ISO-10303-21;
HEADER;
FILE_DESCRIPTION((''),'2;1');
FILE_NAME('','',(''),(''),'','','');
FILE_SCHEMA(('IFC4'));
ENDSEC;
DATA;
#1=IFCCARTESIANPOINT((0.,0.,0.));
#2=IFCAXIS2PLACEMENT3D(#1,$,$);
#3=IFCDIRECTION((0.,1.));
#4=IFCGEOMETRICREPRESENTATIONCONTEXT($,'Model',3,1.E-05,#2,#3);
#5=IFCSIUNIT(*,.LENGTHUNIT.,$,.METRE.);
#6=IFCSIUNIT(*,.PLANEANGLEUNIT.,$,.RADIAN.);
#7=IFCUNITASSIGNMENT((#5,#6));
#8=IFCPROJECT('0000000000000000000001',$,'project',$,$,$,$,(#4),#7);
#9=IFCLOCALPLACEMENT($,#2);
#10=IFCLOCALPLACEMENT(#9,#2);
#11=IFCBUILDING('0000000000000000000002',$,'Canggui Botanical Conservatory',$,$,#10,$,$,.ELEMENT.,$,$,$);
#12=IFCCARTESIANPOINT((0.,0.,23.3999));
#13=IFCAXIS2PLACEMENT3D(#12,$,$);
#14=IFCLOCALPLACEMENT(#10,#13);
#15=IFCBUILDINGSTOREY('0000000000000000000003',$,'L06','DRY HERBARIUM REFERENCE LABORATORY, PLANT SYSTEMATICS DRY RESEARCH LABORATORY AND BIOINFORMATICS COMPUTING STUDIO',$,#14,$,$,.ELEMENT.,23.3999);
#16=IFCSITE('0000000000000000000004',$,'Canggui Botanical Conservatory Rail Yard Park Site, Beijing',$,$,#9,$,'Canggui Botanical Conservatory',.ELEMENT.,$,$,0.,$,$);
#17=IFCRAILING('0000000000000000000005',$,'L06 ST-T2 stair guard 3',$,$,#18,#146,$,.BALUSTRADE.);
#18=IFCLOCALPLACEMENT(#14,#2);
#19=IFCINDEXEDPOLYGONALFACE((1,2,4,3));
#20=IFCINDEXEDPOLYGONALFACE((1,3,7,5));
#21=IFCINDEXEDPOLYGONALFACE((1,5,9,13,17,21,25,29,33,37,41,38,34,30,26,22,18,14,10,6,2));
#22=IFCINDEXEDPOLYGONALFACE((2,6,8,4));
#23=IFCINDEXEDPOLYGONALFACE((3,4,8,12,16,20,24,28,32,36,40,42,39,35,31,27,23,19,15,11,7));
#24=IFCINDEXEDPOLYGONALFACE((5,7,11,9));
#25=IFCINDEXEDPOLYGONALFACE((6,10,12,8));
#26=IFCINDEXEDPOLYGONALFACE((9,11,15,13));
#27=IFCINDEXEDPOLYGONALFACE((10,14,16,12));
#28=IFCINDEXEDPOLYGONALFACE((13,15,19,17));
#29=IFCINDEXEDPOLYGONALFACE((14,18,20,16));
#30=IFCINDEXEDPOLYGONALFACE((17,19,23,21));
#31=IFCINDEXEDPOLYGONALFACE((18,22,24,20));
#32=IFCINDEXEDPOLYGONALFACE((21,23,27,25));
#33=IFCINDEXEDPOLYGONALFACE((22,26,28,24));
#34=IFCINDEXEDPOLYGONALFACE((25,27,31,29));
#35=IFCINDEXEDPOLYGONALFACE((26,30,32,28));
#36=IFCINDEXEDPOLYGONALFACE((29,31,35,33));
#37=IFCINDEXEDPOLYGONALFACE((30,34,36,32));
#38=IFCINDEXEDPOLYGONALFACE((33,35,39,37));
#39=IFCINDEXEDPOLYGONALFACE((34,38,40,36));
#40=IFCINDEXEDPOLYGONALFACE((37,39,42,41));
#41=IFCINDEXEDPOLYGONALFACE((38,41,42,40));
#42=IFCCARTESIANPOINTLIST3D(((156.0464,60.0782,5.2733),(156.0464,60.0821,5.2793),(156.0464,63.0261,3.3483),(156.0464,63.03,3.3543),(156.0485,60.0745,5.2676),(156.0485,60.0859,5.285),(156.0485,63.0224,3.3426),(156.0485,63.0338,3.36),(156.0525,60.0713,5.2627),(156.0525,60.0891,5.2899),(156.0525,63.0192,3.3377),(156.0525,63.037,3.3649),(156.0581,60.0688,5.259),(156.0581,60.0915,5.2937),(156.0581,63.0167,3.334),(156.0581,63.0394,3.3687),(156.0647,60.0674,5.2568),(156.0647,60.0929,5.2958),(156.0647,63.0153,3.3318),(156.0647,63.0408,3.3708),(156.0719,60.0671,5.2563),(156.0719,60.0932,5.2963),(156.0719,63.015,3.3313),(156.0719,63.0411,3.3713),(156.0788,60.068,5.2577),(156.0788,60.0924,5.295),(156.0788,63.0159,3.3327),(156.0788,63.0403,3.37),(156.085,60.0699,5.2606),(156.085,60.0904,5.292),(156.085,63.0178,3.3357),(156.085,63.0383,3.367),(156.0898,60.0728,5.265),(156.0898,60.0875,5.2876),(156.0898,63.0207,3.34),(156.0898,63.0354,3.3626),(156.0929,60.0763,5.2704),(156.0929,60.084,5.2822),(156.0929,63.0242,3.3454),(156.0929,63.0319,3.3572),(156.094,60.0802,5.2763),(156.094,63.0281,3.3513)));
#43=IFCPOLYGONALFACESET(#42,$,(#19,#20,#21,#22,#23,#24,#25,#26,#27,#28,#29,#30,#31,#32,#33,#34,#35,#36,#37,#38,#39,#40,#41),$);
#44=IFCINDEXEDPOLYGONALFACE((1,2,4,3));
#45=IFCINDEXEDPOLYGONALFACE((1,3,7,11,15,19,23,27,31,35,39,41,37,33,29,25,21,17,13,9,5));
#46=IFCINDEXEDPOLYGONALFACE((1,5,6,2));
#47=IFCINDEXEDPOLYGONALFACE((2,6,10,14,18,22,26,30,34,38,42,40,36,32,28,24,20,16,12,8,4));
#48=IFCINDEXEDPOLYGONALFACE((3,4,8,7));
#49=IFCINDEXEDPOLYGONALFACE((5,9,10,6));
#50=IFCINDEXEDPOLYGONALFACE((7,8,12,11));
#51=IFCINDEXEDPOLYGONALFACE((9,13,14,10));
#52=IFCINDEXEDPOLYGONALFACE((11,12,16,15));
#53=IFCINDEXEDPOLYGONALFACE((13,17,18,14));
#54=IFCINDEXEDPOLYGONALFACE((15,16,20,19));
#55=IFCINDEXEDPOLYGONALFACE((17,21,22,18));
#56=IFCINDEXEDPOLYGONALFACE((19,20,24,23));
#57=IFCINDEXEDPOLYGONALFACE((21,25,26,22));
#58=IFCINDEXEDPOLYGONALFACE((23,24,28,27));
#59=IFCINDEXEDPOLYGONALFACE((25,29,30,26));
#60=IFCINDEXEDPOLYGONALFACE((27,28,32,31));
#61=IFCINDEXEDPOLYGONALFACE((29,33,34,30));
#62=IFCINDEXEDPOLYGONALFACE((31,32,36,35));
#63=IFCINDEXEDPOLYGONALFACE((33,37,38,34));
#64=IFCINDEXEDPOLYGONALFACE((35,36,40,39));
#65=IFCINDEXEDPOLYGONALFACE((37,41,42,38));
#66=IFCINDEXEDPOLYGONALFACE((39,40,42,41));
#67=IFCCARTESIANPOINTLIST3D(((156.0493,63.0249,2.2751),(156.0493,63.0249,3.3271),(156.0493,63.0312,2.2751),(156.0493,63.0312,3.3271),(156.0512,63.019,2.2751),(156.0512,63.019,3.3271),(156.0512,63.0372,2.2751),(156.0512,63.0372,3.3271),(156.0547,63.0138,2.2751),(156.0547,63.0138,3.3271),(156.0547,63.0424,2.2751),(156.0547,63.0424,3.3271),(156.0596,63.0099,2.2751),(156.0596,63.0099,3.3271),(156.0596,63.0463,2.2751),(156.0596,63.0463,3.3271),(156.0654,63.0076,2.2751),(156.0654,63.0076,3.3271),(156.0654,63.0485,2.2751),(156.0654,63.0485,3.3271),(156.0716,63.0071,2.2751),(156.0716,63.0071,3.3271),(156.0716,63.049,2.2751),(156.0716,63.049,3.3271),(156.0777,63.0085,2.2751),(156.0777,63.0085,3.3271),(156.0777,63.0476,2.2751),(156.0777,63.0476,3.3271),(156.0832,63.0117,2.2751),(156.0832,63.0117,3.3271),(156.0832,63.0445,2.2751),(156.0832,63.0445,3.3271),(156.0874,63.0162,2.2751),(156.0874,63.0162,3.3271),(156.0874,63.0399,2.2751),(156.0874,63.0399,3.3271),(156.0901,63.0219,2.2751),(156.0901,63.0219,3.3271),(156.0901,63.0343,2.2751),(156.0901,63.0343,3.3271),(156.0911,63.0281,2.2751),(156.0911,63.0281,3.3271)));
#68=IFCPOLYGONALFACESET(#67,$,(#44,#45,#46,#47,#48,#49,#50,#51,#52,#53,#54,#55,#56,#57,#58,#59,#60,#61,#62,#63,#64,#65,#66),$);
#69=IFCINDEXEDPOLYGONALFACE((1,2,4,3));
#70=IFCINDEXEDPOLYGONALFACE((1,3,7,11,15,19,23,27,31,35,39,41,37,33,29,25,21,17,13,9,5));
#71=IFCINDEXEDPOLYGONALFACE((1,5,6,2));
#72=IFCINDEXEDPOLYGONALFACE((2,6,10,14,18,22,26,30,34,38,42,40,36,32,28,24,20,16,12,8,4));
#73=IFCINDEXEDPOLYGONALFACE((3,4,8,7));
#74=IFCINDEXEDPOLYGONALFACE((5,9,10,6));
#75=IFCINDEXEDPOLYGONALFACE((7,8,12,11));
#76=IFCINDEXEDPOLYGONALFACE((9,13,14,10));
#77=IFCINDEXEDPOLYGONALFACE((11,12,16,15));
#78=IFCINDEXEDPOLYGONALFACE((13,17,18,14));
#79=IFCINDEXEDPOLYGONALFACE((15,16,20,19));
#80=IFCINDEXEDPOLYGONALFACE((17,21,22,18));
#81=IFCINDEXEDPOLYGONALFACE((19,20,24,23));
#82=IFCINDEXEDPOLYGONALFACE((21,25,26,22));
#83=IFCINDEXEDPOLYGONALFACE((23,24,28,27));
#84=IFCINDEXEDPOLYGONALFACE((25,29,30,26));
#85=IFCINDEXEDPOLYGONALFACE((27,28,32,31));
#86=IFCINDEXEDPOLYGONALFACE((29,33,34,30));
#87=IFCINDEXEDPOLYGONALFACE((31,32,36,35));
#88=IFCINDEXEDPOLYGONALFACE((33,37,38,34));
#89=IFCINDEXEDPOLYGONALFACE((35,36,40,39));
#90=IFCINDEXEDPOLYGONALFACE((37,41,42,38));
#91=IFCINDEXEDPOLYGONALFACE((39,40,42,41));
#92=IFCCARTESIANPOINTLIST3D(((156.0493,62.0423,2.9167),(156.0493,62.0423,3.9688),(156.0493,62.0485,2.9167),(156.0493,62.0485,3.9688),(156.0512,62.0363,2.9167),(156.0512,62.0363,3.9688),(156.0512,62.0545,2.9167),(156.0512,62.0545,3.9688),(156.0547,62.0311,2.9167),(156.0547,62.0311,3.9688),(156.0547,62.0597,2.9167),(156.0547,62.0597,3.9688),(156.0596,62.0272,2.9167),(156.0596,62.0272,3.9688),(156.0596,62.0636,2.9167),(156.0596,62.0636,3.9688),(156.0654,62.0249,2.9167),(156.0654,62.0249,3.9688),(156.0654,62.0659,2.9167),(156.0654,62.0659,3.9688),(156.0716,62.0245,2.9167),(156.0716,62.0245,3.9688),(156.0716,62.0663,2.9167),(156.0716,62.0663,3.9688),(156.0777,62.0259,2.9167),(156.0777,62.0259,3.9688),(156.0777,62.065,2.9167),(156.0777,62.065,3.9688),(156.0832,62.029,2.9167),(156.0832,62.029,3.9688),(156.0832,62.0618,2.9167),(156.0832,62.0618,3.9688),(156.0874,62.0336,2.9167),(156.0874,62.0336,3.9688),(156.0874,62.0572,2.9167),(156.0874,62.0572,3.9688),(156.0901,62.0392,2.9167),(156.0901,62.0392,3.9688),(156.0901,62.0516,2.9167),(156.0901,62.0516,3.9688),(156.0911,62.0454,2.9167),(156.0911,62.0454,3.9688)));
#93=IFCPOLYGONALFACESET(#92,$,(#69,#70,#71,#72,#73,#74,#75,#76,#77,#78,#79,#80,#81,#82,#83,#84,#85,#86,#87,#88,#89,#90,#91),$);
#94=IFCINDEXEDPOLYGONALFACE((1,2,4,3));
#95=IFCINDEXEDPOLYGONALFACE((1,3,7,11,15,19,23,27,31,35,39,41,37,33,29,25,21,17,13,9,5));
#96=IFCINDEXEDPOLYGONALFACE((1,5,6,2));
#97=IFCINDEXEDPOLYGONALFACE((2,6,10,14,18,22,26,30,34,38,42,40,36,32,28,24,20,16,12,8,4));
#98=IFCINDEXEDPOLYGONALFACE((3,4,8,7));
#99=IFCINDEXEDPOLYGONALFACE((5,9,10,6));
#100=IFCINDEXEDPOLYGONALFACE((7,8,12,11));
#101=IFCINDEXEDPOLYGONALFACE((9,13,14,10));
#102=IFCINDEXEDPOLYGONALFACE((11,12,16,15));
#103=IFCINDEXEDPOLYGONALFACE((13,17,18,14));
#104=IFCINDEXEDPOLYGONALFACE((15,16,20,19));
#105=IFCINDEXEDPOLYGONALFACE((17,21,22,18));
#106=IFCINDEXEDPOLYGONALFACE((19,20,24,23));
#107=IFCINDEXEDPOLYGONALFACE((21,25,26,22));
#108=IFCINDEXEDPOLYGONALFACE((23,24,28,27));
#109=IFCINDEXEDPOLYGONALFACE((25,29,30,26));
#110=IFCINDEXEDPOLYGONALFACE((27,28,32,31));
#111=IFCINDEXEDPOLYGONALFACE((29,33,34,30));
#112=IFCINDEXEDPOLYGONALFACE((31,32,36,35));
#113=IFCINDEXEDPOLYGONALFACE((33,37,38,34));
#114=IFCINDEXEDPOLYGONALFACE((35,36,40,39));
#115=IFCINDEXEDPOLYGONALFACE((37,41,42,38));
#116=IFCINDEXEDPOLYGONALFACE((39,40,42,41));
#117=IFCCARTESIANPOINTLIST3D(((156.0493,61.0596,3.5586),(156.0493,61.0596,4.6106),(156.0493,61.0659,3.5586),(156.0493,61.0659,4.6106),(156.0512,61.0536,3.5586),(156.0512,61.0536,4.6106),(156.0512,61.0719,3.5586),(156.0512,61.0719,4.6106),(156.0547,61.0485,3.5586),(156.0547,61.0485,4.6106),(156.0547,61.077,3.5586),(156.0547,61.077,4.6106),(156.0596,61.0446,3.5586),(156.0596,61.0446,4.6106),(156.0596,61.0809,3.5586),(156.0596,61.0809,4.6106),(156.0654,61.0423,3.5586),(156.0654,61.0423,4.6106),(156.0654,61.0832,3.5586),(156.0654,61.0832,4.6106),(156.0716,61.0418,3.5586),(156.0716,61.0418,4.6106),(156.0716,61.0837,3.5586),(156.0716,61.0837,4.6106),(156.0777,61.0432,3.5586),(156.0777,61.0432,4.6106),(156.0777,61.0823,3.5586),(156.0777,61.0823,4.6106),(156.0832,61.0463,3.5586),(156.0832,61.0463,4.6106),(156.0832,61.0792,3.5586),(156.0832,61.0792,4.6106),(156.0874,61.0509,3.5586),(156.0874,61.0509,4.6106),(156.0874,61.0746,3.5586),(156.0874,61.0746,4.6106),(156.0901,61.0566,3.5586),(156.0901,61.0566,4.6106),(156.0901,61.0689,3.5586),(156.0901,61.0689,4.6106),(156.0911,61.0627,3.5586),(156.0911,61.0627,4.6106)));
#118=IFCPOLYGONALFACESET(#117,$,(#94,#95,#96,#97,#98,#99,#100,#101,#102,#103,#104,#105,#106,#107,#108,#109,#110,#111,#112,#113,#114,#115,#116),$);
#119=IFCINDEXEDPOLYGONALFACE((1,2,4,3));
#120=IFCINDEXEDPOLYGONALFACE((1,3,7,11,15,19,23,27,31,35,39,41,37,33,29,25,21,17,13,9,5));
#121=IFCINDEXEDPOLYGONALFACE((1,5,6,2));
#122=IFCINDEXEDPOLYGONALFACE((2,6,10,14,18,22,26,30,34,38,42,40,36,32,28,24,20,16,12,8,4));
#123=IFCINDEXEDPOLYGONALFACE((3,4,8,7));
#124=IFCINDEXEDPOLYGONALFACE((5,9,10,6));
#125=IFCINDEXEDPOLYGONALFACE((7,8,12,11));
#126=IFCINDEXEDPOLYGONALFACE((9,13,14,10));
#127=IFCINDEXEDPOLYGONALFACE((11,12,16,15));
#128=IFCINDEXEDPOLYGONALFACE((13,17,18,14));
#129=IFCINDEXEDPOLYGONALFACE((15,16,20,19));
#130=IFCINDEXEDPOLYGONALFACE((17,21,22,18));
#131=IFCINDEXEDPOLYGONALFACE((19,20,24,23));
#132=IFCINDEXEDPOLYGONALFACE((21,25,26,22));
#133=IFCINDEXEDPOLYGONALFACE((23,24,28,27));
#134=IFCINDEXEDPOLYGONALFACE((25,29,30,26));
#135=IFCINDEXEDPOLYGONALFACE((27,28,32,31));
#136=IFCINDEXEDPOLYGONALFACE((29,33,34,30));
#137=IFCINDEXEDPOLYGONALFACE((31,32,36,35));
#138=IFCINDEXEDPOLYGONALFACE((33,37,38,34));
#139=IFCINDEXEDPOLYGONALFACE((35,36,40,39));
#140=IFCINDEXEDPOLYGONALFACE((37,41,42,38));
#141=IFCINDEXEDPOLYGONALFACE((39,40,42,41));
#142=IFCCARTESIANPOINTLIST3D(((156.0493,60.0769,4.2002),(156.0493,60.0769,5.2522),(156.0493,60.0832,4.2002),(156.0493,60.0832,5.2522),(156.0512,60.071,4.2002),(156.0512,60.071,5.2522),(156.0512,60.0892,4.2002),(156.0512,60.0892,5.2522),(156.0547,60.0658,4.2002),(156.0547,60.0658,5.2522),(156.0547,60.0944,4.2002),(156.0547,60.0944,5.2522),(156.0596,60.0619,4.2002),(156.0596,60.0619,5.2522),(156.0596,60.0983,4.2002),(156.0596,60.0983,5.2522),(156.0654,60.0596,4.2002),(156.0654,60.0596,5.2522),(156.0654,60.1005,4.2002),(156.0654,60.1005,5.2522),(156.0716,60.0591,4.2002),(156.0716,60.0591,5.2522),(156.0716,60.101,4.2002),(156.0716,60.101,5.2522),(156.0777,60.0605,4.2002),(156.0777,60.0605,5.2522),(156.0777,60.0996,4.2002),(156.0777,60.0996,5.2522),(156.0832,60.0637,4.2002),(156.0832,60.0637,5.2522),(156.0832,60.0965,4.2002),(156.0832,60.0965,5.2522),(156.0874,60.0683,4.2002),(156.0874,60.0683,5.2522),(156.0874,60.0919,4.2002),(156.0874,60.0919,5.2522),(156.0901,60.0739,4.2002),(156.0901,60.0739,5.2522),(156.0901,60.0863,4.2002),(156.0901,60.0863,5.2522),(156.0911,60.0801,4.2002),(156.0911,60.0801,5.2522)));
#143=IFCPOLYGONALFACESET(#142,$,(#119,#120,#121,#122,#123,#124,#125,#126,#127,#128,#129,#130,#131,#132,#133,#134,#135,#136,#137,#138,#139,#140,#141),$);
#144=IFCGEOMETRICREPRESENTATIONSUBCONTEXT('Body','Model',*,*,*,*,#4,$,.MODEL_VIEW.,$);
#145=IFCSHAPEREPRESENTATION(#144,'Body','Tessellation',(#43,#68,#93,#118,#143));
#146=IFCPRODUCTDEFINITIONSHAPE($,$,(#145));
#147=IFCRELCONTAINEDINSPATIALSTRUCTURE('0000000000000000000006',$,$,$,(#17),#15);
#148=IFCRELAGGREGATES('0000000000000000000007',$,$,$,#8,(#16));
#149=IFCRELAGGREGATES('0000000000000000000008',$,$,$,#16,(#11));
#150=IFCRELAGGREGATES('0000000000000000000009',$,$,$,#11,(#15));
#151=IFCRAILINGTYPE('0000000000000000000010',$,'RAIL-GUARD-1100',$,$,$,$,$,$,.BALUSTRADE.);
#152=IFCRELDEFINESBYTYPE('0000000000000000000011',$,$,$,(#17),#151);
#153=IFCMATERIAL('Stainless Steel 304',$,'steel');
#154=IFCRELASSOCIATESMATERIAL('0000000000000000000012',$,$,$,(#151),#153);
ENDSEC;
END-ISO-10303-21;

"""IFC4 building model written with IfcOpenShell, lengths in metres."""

from ifc_helpers import new_model, si_unit, direction, frame, origin, origin_2d, place, context, subcontext, project, spatial, circle, extrude, material, type_object, element, save


model = new_model("IFC4")

# Units and contexts
model_context = context("Model", 3, precision=1e-05, world=origin(), true_north=direction((0.0, 1.0)))
body_context = subcontext(model_context, "Body", "Model", "MODEL_VIEW")
ifc_project = project(units=[si_unit("LENGTHUNIT", "METRE"), si_unit("PLANEANGLEUNIT", "RADIAN")], contexts=[model_context])

# Site, building, storey
site_placement = place(None, origin())
site = spatial("IfcSite", under=ifc_project, at=site_placement, Name="Canggui Botanical Conservatory Rail Yard Park Site, Beijing", LongName="Canggui Botanical Conservatory", CompositionType="ELEMENT", RefElevation=0.0)
building_placement = place(site_placement, origin())
building = spatial("IfcBuilding", under=site, at=building_placement, Name="Canggui Botanical Conservatory", CompositionType="ELEMENT")
storey_placement = place(building_placement, frame((0.0, 0.0, 23.3999)))
storey = spatial("IfcBuildingStorey", under=building, at=storey_placement, Name="L06", Description="DRY HERBARIUM REFERENCE LABORATORY, PLANT SYSTEMATICS DRY RESEARCH LABORATORY AND BIOINFORMATICS COMPUTING STUDIO", CompositionType="ELEMENT", Elevation=23.3999)

# Railing
ifc_material_1 = material(Name="Stainless Steel 304", Category="steel")
railing_type_1 = type_object("IfcRailingType", Name="RAIL-GUARD-1100", PredefinedType="BALUSTRADE", material=ifc_material_1)
railing_1_placement = place(storey_placement, frame((156.0701, 63.0281, 2.2751)))
element("IfcRailing", 1, at=railing_1_placement, inside=storey, type_object=railing_type_1, Name="L06 ST-T2 stair guard 3", PredefinedType="BALUSTRADE", context=body_context, shape_type="SweptSolid", body=[
    extrude(circle(Radius=0.0239, at=origin_2d()), frame((0.0, 0.0, 1.0762), z_axis=(0.0, -0.837293, 0.546754), x_axis=(1.0, 0.0, 0.0)), (0.0, 0.0, 1.0), 3.5208),
    extrude(circle(Radius=0.021, at=origin_2d()), origin(), (0.0, 0.0, 1.0), 1.052),
    extrude(circle(Radius=0.021, at=origin_2d()), frame((0.0, -0.9827, 0.6416)), (0.0, 0.0, 1.0), 1.052),
    extrude(circle(Radius=0.021, at=origin_2d()), frame((0.0, -1.9653, 1.2834)), (0.0, 0.0, 1.0), 1.052),
    extrude(circle(Radius=0.021, at=origin_2d()), frame((0.0, -2.948, 1.925)), (0.0, 0.0, 1.0), 1.052),
])

save(model, "model.ifc")
